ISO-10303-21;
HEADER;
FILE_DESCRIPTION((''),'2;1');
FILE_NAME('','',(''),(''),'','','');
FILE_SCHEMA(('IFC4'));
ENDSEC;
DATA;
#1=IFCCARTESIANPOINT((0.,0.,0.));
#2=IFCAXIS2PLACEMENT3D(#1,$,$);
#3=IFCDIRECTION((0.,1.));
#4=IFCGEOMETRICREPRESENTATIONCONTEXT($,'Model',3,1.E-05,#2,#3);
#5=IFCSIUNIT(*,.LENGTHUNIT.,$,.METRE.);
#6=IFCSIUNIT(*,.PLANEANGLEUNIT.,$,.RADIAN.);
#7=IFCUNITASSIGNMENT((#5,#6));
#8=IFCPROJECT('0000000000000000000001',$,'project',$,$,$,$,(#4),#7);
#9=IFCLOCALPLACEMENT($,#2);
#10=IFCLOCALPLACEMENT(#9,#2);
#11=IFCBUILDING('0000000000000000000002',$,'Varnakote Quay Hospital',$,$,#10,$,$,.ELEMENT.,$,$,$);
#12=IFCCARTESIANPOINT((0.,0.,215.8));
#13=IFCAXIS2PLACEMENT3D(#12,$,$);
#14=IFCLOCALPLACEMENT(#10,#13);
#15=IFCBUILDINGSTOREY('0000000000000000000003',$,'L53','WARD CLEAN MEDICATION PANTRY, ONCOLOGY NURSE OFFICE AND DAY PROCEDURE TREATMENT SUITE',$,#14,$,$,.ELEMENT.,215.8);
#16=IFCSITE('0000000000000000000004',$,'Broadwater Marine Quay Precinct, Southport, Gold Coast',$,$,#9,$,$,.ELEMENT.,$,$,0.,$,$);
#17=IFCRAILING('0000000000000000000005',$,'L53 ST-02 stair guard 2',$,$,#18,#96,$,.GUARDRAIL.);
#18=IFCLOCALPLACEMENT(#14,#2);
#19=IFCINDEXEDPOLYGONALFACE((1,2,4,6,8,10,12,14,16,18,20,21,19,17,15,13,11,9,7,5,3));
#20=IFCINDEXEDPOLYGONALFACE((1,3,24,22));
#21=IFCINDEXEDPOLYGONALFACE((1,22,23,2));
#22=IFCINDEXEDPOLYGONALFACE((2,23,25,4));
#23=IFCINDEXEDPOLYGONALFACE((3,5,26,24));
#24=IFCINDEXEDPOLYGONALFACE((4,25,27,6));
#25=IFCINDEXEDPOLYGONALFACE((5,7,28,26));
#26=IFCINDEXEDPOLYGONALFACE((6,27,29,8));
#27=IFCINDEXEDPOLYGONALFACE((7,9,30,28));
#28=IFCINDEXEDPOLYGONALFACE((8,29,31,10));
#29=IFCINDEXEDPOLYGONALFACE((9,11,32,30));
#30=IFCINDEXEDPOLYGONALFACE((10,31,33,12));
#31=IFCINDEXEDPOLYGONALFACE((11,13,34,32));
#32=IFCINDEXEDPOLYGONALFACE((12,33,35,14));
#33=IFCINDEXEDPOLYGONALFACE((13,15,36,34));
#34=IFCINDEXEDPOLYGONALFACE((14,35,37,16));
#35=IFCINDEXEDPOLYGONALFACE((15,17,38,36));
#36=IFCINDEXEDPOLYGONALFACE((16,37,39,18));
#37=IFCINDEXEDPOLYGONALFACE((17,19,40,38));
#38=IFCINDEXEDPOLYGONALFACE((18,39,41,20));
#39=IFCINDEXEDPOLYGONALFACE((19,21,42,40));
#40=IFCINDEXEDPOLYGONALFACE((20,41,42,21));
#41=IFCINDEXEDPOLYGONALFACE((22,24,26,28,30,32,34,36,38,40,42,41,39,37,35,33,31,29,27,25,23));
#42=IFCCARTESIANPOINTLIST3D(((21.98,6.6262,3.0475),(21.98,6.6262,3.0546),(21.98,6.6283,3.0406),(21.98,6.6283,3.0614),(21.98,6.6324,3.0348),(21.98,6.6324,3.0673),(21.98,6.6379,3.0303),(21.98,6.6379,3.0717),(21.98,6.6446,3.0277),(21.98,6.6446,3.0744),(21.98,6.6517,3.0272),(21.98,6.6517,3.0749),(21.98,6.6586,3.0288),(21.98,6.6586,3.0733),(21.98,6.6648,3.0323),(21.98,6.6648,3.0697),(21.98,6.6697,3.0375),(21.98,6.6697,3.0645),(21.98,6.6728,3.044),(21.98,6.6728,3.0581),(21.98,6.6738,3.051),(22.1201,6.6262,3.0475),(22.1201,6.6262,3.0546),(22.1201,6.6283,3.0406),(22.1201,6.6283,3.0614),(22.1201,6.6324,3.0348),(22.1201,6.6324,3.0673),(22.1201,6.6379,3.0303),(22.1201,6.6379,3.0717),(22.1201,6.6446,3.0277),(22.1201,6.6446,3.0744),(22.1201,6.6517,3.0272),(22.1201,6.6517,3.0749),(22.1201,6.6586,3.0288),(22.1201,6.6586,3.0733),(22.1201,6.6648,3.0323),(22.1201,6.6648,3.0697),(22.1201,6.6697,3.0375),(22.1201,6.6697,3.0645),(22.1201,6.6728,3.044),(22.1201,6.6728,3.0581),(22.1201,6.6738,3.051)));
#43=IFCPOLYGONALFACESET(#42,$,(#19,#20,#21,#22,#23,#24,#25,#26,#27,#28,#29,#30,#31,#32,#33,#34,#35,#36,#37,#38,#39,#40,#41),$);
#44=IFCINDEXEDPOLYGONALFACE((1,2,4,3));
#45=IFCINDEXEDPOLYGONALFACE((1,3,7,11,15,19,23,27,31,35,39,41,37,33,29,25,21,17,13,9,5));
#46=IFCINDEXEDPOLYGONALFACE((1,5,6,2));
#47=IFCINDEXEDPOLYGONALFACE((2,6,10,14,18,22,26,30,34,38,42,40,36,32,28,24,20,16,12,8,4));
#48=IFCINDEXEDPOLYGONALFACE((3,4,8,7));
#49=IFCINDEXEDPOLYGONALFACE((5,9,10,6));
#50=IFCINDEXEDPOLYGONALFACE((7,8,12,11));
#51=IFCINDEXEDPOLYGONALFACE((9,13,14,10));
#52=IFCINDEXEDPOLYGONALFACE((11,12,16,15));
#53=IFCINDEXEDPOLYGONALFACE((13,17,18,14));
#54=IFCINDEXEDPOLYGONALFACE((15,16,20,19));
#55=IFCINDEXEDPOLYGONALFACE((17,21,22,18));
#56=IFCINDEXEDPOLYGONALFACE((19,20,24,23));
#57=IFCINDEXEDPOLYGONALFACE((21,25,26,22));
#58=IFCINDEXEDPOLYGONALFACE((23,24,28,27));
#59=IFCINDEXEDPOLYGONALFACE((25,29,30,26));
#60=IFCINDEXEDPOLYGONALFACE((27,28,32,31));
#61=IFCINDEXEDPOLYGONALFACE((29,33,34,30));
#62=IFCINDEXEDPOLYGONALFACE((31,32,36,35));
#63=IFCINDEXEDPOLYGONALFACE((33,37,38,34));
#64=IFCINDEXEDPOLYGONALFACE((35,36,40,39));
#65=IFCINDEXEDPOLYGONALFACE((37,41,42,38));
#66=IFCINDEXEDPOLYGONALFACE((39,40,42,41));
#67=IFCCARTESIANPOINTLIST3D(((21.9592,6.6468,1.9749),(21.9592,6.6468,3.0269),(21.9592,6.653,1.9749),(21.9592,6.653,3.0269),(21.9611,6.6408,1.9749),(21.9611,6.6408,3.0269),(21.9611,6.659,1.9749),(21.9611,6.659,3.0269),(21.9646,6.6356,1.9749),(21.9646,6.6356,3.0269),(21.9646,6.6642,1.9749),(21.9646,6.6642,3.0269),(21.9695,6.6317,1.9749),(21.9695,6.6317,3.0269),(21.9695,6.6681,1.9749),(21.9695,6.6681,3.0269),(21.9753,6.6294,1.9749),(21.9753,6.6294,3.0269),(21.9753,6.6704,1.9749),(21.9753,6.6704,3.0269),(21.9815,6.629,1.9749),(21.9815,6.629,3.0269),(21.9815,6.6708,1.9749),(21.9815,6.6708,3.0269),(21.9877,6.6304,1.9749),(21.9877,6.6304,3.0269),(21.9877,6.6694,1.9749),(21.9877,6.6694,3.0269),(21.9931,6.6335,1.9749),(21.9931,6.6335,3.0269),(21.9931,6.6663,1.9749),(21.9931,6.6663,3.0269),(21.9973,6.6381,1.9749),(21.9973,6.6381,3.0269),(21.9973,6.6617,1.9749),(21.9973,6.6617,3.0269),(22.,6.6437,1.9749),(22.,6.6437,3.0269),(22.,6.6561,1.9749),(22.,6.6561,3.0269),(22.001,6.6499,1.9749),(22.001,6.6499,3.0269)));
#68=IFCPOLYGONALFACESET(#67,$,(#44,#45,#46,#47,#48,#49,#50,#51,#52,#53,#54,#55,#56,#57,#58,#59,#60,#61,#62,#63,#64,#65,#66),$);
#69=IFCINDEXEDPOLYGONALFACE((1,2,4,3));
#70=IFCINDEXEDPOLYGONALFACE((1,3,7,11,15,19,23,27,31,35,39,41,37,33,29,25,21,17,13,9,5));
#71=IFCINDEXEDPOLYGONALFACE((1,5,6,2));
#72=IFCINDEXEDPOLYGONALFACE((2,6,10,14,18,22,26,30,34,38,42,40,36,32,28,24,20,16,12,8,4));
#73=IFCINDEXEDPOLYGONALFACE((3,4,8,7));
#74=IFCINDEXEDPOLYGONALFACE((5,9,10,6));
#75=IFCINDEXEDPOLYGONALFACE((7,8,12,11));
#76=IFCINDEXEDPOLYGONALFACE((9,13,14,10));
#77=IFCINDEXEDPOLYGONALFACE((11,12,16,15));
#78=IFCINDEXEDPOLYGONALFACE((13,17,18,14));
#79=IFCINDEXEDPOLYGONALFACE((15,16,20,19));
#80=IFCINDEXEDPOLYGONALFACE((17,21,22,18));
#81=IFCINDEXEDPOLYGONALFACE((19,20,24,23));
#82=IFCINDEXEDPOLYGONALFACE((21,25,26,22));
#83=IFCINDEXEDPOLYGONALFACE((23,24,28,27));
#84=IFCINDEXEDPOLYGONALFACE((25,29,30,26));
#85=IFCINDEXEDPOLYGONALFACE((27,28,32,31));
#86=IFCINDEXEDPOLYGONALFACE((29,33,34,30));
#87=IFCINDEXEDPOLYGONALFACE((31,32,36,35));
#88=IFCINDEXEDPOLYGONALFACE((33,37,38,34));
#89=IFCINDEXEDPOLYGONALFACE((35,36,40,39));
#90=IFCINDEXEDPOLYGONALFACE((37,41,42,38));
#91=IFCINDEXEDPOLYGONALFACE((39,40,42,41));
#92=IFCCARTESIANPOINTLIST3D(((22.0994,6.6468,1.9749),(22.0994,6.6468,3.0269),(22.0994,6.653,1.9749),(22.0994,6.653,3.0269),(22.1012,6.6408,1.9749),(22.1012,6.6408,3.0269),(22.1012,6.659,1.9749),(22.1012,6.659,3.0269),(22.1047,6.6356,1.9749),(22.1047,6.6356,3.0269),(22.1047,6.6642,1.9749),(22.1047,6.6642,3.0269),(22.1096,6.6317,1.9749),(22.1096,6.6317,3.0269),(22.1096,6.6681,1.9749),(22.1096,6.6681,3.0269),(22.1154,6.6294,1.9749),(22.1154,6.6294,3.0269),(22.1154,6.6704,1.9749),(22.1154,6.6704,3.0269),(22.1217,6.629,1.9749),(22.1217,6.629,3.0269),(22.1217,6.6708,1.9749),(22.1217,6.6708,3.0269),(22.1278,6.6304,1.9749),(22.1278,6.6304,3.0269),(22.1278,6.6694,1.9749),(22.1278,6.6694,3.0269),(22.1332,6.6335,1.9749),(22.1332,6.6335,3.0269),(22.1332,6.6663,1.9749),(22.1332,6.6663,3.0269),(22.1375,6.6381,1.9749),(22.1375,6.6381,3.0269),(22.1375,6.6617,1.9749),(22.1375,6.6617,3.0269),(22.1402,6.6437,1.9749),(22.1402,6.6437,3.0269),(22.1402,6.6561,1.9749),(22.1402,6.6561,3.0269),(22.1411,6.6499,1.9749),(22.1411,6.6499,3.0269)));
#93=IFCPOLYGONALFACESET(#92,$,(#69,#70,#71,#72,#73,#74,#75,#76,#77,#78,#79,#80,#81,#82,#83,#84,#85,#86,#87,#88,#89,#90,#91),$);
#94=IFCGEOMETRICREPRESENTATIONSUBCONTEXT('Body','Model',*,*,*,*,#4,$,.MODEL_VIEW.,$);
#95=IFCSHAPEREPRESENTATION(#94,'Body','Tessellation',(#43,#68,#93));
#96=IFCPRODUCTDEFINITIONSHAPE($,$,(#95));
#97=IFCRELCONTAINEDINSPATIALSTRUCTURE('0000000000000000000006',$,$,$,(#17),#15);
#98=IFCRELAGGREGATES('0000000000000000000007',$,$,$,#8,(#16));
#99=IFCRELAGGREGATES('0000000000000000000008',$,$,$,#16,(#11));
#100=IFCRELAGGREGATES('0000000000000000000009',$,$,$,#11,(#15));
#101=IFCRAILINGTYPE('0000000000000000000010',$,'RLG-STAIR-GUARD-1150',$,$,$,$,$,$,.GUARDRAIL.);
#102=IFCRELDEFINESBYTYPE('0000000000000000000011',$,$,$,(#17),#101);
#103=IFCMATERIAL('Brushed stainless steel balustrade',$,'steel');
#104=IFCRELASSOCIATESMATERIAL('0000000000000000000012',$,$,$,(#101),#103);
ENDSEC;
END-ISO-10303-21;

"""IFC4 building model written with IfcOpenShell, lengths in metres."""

from ifc_helpers import new_model, si_unit, direction, frame, origin, origin_2d, place, context, subcontext, project, spatial, circle, extrude, material, type_object, element, save


model = new_model("IFC4")

# Units and contexts
model_context = context("Model", 3, precision=1e-05, world=origin(), true_north=direction((0.0, 1.0)))
body_context = subcontext(model_context, "Body", "Model", "MODEL_VIEW")
ifc_project = project(units=[si_unit("LENGTHUNIT", "METRE"), si_unit("PLANEANGLEUNIT", "RADIAN")], contexts=[model_context])

# Site, building, storey
site_placement = place(None, origin())
site = spatial("IfcSite", under=ifc_project, at=site_placement, Name="Broadwater Marine Quay Precinct, Southport, Gold Coast", CompositionType="ELEMENT", RefElevation=0.0)
building_placement = place(site_placement, origin())
building = spatial("IfcBuilding", under=site, at=building_placement, Name="Varnakote Quay Hospital", CompositionType="ELEMENT")
storey_placement = place(building_placement, frame((0.0, 0.0, 215.8)))
storey = spatial("IfcBuildingStorey", under=building, at=storey_placement, Name="L53", Description="WARD CLEAN MEDICATION PANTRY, ONCOLOGY NURSE OFFICE AND DAY PROCEDURE TREATMENT SUITE", CompositionType="ELEMENT", Elevation=215.8)

# Railing
ifc_material_1 = material(Name="Brushed stainless steel balustrade", Category="steel")
railing_type_1 = type_object("IfcRailingType", Name="RLG-STAIR-GUARD-1150", PredefinedType="GUARDRAIL", material=ifc_material_1)
railing_1_placement = place(storey_placement, frame((21.98, 6.6499, 1.9749)))
element("IfcRailing", 1, at=railing_1_placement, inside=storey, type_object=railing_type_1, Name="L53 ST-02 stair guard 2", PredefinedType="GUARDRAIL", context=body_context, shape_type="SweptSolid", body=[
    extrude(circle(Radius=0.0239, at=origin_2d()), frame((0.0, 0.0, 1.0762), z_axis=(1.0, 0.0, 0.0), x_axis=(0.0, 1.0, 0.0)), (0.0, 0.0, 1.0), 0.1401),
    extrude(circle(Radius=0.021, at=origin_2d()), origin(), (0.0, 0.0, 1.0), 1.052),
    extrude(circle(Radius=0.021, at=origin_2d()), frame((0.1401, 0.0, 0.0)), (0.0, 0.0, 1.0), 1.052),
])

save(model, "model.ifc")
